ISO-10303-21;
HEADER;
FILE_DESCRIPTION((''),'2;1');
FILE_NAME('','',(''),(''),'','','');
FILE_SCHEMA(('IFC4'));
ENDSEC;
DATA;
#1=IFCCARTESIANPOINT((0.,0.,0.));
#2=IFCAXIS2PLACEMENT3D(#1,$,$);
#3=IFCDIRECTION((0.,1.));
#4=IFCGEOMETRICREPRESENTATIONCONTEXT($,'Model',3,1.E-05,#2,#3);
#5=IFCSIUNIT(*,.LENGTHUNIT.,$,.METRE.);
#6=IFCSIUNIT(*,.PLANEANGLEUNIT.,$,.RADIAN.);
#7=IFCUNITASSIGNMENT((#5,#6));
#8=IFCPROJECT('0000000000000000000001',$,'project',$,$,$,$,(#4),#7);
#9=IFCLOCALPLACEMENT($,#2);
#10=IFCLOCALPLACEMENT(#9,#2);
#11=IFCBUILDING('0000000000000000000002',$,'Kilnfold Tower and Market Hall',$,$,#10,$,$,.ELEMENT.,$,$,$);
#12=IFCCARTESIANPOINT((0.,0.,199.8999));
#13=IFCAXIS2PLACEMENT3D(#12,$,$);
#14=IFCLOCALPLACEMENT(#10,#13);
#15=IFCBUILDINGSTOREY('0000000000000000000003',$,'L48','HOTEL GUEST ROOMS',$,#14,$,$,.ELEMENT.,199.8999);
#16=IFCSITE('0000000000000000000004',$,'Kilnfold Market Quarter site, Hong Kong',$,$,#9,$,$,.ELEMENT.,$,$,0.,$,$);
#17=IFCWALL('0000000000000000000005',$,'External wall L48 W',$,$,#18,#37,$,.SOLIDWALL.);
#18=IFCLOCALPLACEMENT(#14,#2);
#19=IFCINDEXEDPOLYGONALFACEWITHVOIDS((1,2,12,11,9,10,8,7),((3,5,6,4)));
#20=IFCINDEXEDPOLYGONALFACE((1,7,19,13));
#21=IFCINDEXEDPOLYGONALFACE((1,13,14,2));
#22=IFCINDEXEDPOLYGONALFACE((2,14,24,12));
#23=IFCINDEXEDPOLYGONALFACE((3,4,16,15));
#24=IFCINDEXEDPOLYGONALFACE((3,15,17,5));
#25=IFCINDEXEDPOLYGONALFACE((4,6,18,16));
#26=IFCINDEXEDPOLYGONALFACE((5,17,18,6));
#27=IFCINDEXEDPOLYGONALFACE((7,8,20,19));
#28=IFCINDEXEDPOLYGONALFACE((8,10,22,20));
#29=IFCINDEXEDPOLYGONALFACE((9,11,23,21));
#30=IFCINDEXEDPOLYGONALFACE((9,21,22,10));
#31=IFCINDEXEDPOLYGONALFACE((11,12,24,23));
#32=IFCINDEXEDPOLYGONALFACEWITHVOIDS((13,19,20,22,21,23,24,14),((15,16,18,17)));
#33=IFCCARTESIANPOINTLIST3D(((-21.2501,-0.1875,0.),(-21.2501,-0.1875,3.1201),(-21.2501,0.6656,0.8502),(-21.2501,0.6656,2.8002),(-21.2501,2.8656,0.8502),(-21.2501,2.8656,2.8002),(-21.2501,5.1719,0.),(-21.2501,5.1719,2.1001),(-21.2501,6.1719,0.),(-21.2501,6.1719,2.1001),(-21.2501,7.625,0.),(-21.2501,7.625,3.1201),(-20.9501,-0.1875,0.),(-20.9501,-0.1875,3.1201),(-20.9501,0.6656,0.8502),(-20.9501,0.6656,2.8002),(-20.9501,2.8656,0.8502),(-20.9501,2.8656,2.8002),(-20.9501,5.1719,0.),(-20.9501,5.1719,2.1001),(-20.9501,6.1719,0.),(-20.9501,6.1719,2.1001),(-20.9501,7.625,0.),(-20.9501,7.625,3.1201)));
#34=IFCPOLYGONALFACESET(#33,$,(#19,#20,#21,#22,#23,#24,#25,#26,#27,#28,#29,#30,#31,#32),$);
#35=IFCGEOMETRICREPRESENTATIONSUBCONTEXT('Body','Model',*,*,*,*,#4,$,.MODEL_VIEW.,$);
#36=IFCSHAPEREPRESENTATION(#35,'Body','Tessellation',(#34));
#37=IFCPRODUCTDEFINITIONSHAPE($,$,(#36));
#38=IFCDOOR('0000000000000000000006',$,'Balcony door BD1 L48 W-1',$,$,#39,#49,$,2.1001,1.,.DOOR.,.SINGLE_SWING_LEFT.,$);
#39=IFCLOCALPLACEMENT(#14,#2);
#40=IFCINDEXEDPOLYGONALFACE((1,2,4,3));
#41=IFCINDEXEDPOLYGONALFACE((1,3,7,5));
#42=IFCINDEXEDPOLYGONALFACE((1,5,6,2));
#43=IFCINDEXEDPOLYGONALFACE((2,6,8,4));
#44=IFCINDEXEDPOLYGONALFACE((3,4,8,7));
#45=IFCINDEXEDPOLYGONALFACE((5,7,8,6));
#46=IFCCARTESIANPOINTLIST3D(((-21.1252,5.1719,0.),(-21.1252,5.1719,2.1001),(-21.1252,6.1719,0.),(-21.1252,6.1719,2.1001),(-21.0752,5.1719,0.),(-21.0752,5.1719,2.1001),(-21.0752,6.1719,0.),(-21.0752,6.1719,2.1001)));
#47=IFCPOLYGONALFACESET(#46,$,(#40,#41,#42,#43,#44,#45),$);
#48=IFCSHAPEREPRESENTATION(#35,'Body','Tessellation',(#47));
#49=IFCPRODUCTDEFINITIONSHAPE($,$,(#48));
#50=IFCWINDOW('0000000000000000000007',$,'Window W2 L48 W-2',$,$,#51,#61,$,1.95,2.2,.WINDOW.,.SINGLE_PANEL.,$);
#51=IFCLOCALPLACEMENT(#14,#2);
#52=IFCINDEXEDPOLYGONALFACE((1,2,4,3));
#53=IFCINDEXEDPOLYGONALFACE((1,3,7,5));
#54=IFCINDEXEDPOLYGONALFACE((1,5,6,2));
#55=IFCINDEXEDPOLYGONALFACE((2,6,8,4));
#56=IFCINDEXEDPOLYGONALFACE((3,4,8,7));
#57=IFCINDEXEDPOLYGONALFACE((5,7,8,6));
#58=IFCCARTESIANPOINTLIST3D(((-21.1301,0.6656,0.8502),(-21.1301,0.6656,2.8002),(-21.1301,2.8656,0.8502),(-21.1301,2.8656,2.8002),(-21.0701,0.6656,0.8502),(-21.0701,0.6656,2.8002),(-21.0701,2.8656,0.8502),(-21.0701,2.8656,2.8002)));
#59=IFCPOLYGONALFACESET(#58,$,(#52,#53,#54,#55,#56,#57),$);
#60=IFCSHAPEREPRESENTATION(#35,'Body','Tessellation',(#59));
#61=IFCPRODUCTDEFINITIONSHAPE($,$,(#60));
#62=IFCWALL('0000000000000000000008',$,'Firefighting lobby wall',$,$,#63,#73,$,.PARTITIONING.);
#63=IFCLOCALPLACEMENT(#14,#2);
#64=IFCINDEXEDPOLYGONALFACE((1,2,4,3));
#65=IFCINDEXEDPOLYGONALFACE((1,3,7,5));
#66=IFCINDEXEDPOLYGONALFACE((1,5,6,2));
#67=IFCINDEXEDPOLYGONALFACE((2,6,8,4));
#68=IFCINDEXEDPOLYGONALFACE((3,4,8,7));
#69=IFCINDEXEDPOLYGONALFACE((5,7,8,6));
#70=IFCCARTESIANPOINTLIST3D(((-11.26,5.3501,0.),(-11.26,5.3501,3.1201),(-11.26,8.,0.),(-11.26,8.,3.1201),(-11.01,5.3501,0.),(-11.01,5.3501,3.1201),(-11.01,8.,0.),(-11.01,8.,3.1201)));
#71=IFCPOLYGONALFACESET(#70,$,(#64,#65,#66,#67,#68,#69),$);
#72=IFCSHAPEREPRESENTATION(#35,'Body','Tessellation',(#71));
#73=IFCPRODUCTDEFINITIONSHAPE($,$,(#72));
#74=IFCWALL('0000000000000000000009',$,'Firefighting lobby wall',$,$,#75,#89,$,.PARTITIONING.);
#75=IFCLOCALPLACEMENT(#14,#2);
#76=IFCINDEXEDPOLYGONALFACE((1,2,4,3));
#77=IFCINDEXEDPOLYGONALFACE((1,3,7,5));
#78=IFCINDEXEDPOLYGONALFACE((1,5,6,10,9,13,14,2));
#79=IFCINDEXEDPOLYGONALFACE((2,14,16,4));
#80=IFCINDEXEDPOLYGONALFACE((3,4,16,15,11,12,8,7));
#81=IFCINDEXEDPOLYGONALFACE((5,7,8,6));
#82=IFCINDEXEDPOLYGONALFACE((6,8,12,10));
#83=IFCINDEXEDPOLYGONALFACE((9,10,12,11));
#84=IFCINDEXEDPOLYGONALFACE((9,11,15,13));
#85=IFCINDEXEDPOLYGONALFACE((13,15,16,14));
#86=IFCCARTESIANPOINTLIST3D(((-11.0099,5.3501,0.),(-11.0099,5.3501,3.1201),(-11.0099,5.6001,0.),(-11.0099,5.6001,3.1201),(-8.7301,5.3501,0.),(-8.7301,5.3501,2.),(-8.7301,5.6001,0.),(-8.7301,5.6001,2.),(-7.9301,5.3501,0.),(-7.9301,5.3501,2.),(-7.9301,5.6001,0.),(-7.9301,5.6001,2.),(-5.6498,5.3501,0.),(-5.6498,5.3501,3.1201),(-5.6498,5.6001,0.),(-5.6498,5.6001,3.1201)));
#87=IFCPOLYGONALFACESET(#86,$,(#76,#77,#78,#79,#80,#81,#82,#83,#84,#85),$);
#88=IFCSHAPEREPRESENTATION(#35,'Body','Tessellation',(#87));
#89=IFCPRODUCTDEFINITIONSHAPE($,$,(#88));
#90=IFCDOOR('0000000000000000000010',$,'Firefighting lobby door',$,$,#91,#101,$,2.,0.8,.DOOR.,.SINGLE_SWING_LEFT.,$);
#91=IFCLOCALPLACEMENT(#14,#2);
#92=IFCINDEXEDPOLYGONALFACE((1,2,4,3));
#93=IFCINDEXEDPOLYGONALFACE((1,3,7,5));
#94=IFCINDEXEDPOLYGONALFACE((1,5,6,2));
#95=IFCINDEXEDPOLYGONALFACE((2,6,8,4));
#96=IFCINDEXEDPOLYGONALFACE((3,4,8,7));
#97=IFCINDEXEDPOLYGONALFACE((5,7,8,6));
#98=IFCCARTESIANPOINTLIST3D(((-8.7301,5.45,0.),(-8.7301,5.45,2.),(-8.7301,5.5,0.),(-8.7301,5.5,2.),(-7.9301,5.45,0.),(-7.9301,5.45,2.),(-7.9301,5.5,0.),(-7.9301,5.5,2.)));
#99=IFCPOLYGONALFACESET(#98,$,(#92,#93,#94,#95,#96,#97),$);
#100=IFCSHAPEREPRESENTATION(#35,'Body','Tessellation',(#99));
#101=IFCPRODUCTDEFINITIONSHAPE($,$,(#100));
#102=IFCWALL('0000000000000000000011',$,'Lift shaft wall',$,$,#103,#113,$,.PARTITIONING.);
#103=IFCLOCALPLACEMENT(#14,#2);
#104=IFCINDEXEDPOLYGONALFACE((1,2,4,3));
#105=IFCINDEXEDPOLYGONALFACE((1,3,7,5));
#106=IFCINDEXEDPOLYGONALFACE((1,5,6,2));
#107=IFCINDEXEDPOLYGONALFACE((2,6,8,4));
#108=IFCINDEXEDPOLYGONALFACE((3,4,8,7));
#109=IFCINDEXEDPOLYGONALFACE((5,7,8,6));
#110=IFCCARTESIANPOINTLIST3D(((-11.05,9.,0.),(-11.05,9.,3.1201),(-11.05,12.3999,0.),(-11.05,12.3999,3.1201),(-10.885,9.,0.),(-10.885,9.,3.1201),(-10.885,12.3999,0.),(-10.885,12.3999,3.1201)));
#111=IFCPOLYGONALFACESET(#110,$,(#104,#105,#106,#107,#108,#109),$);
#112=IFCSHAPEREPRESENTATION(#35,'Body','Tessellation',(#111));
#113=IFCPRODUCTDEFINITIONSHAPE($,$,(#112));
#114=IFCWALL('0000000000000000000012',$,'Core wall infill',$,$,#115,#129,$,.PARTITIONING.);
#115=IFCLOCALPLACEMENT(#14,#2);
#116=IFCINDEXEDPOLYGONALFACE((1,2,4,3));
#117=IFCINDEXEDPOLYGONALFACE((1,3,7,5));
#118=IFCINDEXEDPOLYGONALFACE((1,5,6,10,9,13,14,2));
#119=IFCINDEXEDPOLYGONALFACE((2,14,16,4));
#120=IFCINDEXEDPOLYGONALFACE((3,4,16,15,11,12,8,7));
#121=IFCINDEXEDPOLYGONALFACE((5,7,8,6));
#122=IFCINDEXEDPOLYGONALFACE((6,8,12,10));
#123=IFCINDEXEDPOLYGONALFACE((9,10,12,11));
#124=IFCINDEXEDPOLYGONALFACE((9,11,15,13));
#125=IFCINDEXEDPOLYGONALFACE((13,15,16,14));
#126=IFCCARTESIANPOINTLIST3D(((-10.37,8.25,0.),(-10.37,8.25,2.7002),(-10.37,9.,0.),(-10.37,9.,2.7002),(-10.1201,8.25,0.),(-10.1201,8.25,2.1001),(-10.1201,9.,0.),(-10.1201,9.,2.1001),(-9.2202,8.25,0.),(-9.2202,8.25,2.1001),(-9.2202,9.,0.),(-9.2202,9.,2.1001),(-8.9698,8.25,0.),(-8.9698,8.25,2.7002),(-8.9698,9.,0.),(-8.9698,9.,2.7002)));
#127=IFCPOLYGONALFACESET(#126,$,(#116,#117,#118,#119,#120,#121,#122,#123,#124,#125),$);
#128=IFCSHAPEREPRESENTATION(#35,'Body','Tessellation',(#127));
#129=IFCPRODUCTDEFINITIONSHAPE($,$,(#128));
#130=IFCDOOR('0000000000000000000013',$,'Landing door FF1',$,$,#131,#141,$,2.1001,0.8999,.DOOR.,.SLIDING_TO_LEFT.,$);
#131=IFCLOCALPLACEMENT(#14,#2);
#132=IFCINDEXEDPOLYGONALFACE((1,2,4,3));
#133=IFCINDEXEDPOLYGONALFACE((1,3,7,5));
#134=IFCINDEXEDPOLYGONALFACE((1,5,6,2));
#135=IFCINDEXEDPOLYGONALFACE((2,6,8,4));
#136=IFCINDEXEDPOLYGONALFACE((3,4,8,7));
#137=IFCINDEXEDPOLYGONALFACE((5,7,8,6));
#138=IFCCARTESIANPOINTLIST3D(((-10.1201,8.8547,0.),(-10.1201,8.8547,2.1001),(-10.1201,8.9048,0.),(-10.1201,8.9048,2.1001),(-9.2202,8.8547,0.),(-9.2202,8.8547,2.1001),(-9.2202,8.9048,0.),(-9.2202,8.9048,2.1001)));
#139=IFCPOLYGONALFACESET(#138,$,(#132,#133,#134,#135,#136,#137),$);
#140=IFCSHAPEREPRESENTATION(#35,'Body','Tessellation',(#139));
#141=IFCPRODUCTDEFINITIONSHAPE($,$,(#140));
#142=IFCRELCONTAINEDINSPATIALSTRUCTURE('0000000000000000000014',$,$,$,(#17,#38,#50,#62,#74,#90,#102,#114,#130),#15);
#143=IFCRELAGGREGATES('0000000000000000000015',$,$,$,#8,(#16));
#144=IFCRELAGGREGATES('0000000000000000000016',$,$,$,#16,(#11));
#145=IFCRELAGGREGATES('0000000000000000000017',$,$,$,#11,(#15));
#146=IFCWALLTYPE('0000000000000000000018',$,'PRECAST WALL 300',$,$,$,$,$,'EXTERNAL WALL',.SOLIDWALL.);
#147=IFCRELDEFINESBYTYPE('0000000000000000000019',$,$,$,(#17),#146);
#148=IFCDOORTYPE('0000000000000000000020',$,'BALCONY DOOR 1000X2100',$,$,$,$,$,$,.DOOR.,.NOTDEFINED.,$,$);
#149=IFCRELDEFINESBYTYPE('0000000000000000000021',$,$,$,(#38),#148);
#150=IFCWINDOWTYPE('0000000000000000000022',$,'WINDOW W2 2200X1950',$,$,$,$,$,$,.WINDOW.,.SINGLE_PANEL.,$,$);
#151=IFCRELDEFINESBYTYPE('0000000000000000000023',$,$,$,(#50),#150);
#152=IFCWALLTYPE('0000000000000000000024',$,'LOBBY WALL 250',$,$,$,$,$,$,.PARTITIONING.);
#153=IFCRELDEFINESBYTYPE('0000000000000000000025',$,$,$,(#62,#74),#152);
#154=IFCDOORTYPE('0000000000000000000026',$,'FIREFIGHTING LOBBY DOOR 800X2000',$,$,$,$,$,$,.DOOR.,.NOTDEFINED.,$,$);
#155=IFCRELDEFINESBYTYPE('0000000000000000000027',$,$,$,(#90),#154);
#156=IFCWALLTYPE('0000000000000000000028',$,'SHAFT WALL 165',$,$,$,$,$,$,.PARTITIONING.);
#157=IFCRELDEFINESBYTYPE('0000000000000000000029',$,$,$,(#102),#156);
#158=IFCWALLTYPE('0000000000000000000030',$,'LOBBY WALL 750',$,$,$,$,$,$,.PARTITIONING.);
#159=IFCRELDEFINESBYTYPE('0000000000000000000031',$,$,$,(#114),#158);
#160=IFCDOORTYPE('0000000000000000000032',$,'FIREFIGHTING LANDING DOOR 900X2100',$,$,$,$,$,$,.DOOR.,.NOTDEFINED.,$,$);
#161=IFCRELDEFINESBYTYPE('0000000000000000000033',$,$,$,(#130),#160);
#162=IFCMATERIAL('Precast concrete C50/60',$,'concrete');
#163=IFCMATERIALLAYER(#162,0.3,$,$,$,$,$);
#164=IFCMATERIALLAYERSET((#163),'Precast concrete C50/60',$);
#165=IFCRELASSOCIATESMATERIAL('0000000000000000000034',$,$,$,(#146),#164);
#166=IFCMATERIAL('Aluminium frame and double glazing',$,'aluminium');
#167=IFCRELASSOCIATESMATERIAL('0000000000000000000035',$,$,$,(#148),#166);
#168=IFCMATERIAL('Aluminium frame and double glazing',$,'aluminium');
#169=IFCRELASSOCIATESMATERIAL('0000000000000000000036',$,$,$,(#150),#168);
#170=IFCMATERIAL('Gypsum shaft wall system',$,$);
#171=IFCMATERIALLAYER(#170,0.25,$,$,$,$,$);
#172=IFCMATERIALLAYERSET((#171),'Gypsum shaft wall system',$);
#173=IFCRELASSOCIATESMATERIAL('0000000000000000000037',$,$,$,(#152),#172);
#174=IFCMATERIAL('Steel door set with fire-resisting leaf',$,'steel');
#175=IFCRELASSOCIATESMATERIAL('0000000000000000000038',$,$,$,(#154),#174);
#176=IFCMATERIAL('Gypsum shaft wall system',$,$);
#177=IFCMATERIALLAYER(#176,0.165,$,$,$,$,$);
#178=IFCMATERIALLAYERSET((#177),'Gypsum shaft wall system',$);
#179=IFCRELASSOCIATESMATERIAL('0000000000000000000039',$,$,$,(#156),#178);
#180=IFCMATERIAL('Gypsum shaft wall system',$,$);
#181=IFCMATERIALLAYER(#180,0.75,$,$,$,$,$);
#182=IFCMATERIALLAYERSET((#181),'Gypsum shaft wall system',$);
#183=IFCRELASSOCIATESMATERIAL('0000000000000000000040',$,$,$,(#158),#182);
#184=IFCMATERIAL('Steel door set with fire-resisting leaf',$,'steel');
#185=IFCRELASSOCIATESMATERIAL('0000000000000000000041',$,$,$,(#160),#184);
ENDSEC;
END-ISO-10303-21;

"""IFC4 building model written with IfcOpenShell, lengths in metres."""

from ifc_helpers import new_model, si_unit, direction, frame, frame_2d, origin, place, context, subcontext, project, spatial, rectangle, extrude, source, transform, mapped, material, layer, layer_set, type_object, element, fill, save


model = new_model("IFC4")

# Units and contexts
model_context = context("Model", 3, precision=1e-05, world=origin(), true_north=direction((0.0, 1.0)))
body_context = subcontext(model_context, "Body", "Model", "MODEL_VIEW")
ifc_project = project(units=[si_unit("LENGTHUNIT", "METRE"), si_unit("PLANEANGLEUNIT", "RADIAN")], contexts=[model_context])

# Site, building, storey
site_placement = place(None, origin())
site = spatial("IfcSite", under=ifc_project, at=site_placement, Name="Kilnfold Market Quarter site, Hong Kong", CompositionType="ELEMENT", RefElevation=0.0)
building_placement = place(site_placement, origin())
building = spatial("IfcBuilding", under=site, at=building_placement, Name="Kilnfold Tower and Market Hall", CompositionType="ELEMENT")
storey_placement = place(building_placement, frame((0.0, 0.0, 199.8999)))
storey = spatial("IfcBuildingStorey", under=building, at=storey_placement, Name="L48", Description="HOTEL GUEST ROOMS", CompositionType="ELEMENT", Elevation=199.8999)

# Wall, openings, door, window
ifc_material_1 = material(Name="Precast concrete C50/60", Category="concrete")
ifc_layer_1 = layer(ifc_material_1, 0.3)
ifc_layer_set_1 = layer_set([ifc_layer_1], Name="Precast concrete C50/60")
wall_type_1 = type_object("IfcWallType", Name="PRECAST WALL 300", ElementType="EXTERNAL WALL", PredefinedType="SOLIDWALL", material=ifc_layer_set_1)
shared_shape_1 = source(origin(), body_context, "Body", "SweptSolid", [
    extrude(rectangle(XDim=7.8125, YDim=0.3, at=frame_2d((3.9062, 0.0))), origin(), (0.0, 0.0, 1.0), 3.1201),
])
wall_1_placement = place(storey_placement, frame((-21.1001, 7.625, 0.0), z_axis=(0.0, 0.0, 1.0), x_axis=(0.0, -1.0, 0.0)))
wall_1 = element("IfcWall", 1, at=wall_1_placement, inside=storey, type_object=wall_type_1, Name="External wall L48 W", PredefinedType="SOLIDWALL", context=body_context, shape_type="MappedRepresentation", body=[
    mapped(shared_shape_1, transform((0.0, 0.0, 0.0))),
])
opening_1_placement = place(wall_1_placement, frame((1.4531, 0.0, 0.0)))
opening_1 = element("IfcOpeningElement", 2, at=opening_1_placement, cuts=wall_1, PredefinedType="OPENING", context=body_context, shape_type="SweptSolid", body=[
    extrude(rectangle(XDim=1.0, YDim=2.1001, at=frame_2d((0.5, 1.05))), frame((0.0, 0.1602, 0.0), z_axis=(0.0, -1.0, 0.0), x_axis=(1.0, 0.0, 0.0)), (0.0, 0.0, 1.0), 0.3201),
])
opening_2_placement = place(wall_1_placement, frame((4.7593, 0.0, 0.8501)))
opening_2 = element("IfcOpeningElement", 3, at=opening_2_placement, cuts=wall_1, PredefinedType="OPENING", context=body_context, shape_type="SweptSolid", body=[
    extrude(rectangle(XDim=2.2, YDim=1.95, at=frame_2d((1.1001, 0.9751))), frame((0.0, 0.1602, 0.0), z_axis=(0.0, -1.0, 0.0), x_axis=(1.0, 0.0, 0.0)), (0.0, 0.0, 1.0), 0.3201),
])
ifc_material_2 = material(Name="Aluminium frame and double glazing", Category="aluminium")
door_type_1 = type_object("IfcDoorType", Name="BALCONY DOOR 1000X2100", OperationType="NOTDEFINED", PredefinedType="DOOR", material=ifc_material_2)
door_1_placement = place(opening_1_placement, origin())
door_1 = element("IfcDoor", 4, at=door_1_placement, inside=storey, type_object=door_type_1, Name="Balcony door BD1 L48 W-1", OperationType="SINGLE_SWING_LEFT", OverallHeight=2.1001, OverallWidth=1.0, PredefinedType="DOOR", context=body_context, shape_type="SweptSolid", body=[
    extrude(rectangle(XDim=1.0, YDim=2.1001, at=frame_2d((0.5, 1.05))), frame((0.0, 0.0249, 0.0), z_axis=(0.0, -1.0, 0.0), x_axis=(1.0, 0.0, 0.0)), (0.0, 0.0, 1.0), 0.05),
])
fill(opening_1, door_1)
ifc_material_3 = material(Name="Aluminium frame and double glazing", Category="aluminium")
window_type = type_object("IfcWindowType", Name="WINDOW W2 2200X1950", PartitioningType="SINGLE_PANEL", PredefinedType="WINDOW", material=ifc_material_3)
window_placement = place(opening_2_placement, origin())
window = element("IfcWindow", 5, at=window_placement, inside=storey, type_object=window_type, Name="Window W2 L48 W-2", OverallHeight=1.95, OverallWidth=2.2, PartitioningType="SINGLE_PANEL", PredefinedType="WINDOW", context=body_context, shape_type="SweptSolid", body=[
    extrude(rectangle(XDim=2.2, YDim=1.95, at=frame_2d((1.1001, 0.9751))), frame((0.0, 0.03, 0.0), z_axis=(0.0, -1.0, 0.0), x_axis=(1.0, 0.0, 0.0)), (0.0, 0.0, 1.0), 0.0601),
])
fill(opening_2, window)

# Wall
ifc_material_4 = material(Name="Gypsum shaft wall system")
ifc_layer_2 = layer(ifc_material_4, 0.25)
ifc_layer_set_2 = layer_set([ifc_layer_2], Name="Gypsum shaft wall system")
wall_type_2 = type_object("IfcWallType", Name="LOBBY WALL 250", PredefinedType="PARTITIONING", material=ifc_layer_set_2)
shared_shape_2 = source(origin(), body_context, "Body", "SweptSolid", [
    extrude(rectangle(XDim=2.6499, YDim=0.25, at=frame_2d((1.325, 0.0))), origin(), (0.0, 0.0, 1.0), 3.1201),
])
wall_2_placement = place(storey_placement, frame((-11.135, 5.3501, 0.0), z_axis=(0.0, 0.0, 1.0), x_axis=(0.0, 1.0, 0.0)))
element("IfcWall", 6, at=wall_2_placement, inside=storey, type_object=wall_type_2, Name="Firefighting lobby wall", PredefinedType="PARTITIONING", context=body_context, shape_type="MappedRepresentation", body=[
    mapped(shared_shape_2, transform((0.0, 0.0, 0.0))),
])

# Wall, opening, door
shared_shape_3 = source(origin(), body_context, "Body", "SweptSolid", [
    extrude(rectangle(XDim=5.3601, YDim=0.25, at=frame_2d((2.6802, 0.0))), origin(), (0.0, 0.0, 1.0), 3.1201),
])
wall_3_placement = place(storey_placement, frame((-11.01, 5.4751, 0.0), z_axis=(0.0, 0.0, 1.0), x_axis=(1.0, 0.0, 0.0)))
wall_3 = element("IfcWall", 7, at=wall_3_placement, inside=storey, type_object=wall_type_2, Name="Firefighting lobby wall", PredefinedType="PARTITIONING", context=body_context, shape_type="MappedRepresentation", body=[
    mapped(shared_shape_3, transform((0.0, 0.0, 0.0))),
])
opening_3_placement = place(wall_3_placement, frame((2.28, 0.0, 0.0)))
opening_3 = element("IfcOpeningElement", 8, at=opening_3_placement, cuts=wall_3, PredefinedType="OPENING", context=body_context, shape_type="SweptSolid", body=[
    extrude(rectangle(XDim=0.8, YDim=2.0, at=frame_2d((0.3999, 1.0))), frame((0.0, 0.135, 0.0), z_axis=(0.0, -1.0, 0.0), x_axis=(1.0, 0.0, 0.0)), (0.0, 0.0, 1.0), 0.27),
])
ifc_material_5 = material(Name="Steel door set with fire-resisting leaf", Category="steel")
door_type_2 = type_object("IfcDoorType", Name="FIREFIGHTING LOBBY DOOR 800X2000", OperationType="NOTDEFINED", PredefinedType="DOOR", material=ifc_material_5)
door_2_placement = place(opening_3_placement, origin())
door_2 = element("IfcDoor", 9, at=door_2_placement, inside=storey, type_object=door_type_2, Name="Firefighting lobby door", OperationType="SINGLE_SWING_LEFT", OverallHeight=2.0, OverallWidth=0.8, PredefinedType="DOOR", context=body_context, shape_type="SweptSolid", body=[
    extrude(rectangle(XDim=0.8, YDim=2.0, at=frame_2d((0.3999, 1.0))), frame((0.0, 0.0249, 0.0), z_axis=(0.0, -1.0, 0.0), x_axis=(1.0, 0.0, 0.0)), (0.0, 0.0, 1.0), 0.05),
])
fill(opening_3, door_2)

# Wall
ifc_material_6 = material(Name="Gypsum shaft wall system")
ifc_layer_3 = layer(ifc_material_6, 0.165)
ifc_layer_set_3 = layer_set([ifc_layer_3], Name="Gypsum shaft wall system")
wall_type_3 = type_object("IfcWallType", Name="SHAFT WALL 165", PredefinedType="PARTITIONING", material=ifc_layer_set_3)
shared_shape_4 = source(origin(), body_context, "Body", "SweptSolid", [
    extrude(rectangle(XDim=3.3999, YDim=0.165, at=frame_2d((1.7, 0.0))), origin(), (0.0, 0.0, 1.0), 3.1201),
])
wall_4_placement = place(storey_placement, frame((-10.9675, 9.0, 0.0), z_axis=(0.0, 0.0, 1.0), x_axis=(0.0, 1.0, 0.0)))
element("IfcWall", 10, at=wall_4_placement, inside=storey, type_object=wall_type_3, Name="Lift shaft wall", PredefinedType="PARTITIONING", context=body_context, shape_type="MappedRepresentation", body=[
    mapped(shared_shape_4, transform((0.0, 0.0, 0.0))),
])

# Wall, opening, door
ifc_material_7 = material(Name="Gypsum shaft wall system")
ifc_layer_4 = layer(ifc_material_7, 0.75)
ifc_layer_set_4 = layer_set([ifc_layer_4], Name="Gypsum shaft wall system")
wall_type_4 = type_object("IfcWallType", Name="LOBBY WALL 750", PredefinedType="PARTITIONING", material=ifc_layer_set_4)
shared_shape_5 = source(origin(), body_context, "Body", "SweptSolid", [
    extrude(rectangle(XDim=1.4001, YDim=0.75, at=frame_2d((0.7002, 0.0))), origin(), (0.0, 0.0, 1.0), 2.7002),
])
wall_5_placement = place(storey_placement, frame((-10.3701, 8.625, 0.0), z_axis=(0.0, 0.0, 1.0), x_axis=(1.0, 0.0, 0.0)))
wall_5 = element("IfcWall", 11, at=wall_5_placement, inside=storey, type_object=wall_type_4, Name="Core wall infill", PredefinedType="PARTITIONING", context=body_context, shape_type="MappedRepresentation", body=[
    mapped(shared_shape_5, transform((0.0, 0.0, 0.0))),
])
opening_4_placement = place(wall_5_placement, frame((0.25, 0.0, 0.0)))
opening_4 = element("IfcOpeningElement", 12, at=opening_4_placement, cuts=wall_5, PredefinedType="OPENING", context=body_context, shape_type="SweptSolid", body=[
    extrude(rectangle(XDim=0.8999, YDim=2.1001, at=frame_2d((0.45, 1.05))), frame((0.0, 0.385, 0.0), z_axis=(0.0, -1.0, 0.0), x_axis=(1.0, 0.0, 0.0)), (0.0, 0.0, 1.0), 0.77),
])
ifc_material_8 = material(Name="Steel door set with fire-resisting leaf", Category="steel")
door_type_3 = type_object("IfcDoorType", Name="FIREFIGHTING LANDING DOOR 900X2100", OperationType="NOTDEFINED", PredefinedType="DOOR", material=ifc_material_8)
door_3_placement = place(opening_4_placement, origin())
door_3 = element("IfcDoor", 13, at=door_3_placement, inside=storey, type_object=door_type_3, Name="Landing door FF1", OperationType="SLIDING_TO_LEFT", OverallHeight=2.1001, OverallWidth=0.8999, PredefinedType="DOOR", context=body_context, shape_type="SweptSolid", body=[
    extrude(rectangle(XDim=0.8999, YDim=2.1001, at=frame_2d((0.45, 1.05))), frame((0.0, 0.2798, 0.0), z_axis=(0.0, -1.0, 0.0), x_axis=(1.0, 0.0, 0.0)), (0.0, 0.0, 1.0), 0.05),
])
fill(opening_4, door_3)

save(model, "model.ifc")
